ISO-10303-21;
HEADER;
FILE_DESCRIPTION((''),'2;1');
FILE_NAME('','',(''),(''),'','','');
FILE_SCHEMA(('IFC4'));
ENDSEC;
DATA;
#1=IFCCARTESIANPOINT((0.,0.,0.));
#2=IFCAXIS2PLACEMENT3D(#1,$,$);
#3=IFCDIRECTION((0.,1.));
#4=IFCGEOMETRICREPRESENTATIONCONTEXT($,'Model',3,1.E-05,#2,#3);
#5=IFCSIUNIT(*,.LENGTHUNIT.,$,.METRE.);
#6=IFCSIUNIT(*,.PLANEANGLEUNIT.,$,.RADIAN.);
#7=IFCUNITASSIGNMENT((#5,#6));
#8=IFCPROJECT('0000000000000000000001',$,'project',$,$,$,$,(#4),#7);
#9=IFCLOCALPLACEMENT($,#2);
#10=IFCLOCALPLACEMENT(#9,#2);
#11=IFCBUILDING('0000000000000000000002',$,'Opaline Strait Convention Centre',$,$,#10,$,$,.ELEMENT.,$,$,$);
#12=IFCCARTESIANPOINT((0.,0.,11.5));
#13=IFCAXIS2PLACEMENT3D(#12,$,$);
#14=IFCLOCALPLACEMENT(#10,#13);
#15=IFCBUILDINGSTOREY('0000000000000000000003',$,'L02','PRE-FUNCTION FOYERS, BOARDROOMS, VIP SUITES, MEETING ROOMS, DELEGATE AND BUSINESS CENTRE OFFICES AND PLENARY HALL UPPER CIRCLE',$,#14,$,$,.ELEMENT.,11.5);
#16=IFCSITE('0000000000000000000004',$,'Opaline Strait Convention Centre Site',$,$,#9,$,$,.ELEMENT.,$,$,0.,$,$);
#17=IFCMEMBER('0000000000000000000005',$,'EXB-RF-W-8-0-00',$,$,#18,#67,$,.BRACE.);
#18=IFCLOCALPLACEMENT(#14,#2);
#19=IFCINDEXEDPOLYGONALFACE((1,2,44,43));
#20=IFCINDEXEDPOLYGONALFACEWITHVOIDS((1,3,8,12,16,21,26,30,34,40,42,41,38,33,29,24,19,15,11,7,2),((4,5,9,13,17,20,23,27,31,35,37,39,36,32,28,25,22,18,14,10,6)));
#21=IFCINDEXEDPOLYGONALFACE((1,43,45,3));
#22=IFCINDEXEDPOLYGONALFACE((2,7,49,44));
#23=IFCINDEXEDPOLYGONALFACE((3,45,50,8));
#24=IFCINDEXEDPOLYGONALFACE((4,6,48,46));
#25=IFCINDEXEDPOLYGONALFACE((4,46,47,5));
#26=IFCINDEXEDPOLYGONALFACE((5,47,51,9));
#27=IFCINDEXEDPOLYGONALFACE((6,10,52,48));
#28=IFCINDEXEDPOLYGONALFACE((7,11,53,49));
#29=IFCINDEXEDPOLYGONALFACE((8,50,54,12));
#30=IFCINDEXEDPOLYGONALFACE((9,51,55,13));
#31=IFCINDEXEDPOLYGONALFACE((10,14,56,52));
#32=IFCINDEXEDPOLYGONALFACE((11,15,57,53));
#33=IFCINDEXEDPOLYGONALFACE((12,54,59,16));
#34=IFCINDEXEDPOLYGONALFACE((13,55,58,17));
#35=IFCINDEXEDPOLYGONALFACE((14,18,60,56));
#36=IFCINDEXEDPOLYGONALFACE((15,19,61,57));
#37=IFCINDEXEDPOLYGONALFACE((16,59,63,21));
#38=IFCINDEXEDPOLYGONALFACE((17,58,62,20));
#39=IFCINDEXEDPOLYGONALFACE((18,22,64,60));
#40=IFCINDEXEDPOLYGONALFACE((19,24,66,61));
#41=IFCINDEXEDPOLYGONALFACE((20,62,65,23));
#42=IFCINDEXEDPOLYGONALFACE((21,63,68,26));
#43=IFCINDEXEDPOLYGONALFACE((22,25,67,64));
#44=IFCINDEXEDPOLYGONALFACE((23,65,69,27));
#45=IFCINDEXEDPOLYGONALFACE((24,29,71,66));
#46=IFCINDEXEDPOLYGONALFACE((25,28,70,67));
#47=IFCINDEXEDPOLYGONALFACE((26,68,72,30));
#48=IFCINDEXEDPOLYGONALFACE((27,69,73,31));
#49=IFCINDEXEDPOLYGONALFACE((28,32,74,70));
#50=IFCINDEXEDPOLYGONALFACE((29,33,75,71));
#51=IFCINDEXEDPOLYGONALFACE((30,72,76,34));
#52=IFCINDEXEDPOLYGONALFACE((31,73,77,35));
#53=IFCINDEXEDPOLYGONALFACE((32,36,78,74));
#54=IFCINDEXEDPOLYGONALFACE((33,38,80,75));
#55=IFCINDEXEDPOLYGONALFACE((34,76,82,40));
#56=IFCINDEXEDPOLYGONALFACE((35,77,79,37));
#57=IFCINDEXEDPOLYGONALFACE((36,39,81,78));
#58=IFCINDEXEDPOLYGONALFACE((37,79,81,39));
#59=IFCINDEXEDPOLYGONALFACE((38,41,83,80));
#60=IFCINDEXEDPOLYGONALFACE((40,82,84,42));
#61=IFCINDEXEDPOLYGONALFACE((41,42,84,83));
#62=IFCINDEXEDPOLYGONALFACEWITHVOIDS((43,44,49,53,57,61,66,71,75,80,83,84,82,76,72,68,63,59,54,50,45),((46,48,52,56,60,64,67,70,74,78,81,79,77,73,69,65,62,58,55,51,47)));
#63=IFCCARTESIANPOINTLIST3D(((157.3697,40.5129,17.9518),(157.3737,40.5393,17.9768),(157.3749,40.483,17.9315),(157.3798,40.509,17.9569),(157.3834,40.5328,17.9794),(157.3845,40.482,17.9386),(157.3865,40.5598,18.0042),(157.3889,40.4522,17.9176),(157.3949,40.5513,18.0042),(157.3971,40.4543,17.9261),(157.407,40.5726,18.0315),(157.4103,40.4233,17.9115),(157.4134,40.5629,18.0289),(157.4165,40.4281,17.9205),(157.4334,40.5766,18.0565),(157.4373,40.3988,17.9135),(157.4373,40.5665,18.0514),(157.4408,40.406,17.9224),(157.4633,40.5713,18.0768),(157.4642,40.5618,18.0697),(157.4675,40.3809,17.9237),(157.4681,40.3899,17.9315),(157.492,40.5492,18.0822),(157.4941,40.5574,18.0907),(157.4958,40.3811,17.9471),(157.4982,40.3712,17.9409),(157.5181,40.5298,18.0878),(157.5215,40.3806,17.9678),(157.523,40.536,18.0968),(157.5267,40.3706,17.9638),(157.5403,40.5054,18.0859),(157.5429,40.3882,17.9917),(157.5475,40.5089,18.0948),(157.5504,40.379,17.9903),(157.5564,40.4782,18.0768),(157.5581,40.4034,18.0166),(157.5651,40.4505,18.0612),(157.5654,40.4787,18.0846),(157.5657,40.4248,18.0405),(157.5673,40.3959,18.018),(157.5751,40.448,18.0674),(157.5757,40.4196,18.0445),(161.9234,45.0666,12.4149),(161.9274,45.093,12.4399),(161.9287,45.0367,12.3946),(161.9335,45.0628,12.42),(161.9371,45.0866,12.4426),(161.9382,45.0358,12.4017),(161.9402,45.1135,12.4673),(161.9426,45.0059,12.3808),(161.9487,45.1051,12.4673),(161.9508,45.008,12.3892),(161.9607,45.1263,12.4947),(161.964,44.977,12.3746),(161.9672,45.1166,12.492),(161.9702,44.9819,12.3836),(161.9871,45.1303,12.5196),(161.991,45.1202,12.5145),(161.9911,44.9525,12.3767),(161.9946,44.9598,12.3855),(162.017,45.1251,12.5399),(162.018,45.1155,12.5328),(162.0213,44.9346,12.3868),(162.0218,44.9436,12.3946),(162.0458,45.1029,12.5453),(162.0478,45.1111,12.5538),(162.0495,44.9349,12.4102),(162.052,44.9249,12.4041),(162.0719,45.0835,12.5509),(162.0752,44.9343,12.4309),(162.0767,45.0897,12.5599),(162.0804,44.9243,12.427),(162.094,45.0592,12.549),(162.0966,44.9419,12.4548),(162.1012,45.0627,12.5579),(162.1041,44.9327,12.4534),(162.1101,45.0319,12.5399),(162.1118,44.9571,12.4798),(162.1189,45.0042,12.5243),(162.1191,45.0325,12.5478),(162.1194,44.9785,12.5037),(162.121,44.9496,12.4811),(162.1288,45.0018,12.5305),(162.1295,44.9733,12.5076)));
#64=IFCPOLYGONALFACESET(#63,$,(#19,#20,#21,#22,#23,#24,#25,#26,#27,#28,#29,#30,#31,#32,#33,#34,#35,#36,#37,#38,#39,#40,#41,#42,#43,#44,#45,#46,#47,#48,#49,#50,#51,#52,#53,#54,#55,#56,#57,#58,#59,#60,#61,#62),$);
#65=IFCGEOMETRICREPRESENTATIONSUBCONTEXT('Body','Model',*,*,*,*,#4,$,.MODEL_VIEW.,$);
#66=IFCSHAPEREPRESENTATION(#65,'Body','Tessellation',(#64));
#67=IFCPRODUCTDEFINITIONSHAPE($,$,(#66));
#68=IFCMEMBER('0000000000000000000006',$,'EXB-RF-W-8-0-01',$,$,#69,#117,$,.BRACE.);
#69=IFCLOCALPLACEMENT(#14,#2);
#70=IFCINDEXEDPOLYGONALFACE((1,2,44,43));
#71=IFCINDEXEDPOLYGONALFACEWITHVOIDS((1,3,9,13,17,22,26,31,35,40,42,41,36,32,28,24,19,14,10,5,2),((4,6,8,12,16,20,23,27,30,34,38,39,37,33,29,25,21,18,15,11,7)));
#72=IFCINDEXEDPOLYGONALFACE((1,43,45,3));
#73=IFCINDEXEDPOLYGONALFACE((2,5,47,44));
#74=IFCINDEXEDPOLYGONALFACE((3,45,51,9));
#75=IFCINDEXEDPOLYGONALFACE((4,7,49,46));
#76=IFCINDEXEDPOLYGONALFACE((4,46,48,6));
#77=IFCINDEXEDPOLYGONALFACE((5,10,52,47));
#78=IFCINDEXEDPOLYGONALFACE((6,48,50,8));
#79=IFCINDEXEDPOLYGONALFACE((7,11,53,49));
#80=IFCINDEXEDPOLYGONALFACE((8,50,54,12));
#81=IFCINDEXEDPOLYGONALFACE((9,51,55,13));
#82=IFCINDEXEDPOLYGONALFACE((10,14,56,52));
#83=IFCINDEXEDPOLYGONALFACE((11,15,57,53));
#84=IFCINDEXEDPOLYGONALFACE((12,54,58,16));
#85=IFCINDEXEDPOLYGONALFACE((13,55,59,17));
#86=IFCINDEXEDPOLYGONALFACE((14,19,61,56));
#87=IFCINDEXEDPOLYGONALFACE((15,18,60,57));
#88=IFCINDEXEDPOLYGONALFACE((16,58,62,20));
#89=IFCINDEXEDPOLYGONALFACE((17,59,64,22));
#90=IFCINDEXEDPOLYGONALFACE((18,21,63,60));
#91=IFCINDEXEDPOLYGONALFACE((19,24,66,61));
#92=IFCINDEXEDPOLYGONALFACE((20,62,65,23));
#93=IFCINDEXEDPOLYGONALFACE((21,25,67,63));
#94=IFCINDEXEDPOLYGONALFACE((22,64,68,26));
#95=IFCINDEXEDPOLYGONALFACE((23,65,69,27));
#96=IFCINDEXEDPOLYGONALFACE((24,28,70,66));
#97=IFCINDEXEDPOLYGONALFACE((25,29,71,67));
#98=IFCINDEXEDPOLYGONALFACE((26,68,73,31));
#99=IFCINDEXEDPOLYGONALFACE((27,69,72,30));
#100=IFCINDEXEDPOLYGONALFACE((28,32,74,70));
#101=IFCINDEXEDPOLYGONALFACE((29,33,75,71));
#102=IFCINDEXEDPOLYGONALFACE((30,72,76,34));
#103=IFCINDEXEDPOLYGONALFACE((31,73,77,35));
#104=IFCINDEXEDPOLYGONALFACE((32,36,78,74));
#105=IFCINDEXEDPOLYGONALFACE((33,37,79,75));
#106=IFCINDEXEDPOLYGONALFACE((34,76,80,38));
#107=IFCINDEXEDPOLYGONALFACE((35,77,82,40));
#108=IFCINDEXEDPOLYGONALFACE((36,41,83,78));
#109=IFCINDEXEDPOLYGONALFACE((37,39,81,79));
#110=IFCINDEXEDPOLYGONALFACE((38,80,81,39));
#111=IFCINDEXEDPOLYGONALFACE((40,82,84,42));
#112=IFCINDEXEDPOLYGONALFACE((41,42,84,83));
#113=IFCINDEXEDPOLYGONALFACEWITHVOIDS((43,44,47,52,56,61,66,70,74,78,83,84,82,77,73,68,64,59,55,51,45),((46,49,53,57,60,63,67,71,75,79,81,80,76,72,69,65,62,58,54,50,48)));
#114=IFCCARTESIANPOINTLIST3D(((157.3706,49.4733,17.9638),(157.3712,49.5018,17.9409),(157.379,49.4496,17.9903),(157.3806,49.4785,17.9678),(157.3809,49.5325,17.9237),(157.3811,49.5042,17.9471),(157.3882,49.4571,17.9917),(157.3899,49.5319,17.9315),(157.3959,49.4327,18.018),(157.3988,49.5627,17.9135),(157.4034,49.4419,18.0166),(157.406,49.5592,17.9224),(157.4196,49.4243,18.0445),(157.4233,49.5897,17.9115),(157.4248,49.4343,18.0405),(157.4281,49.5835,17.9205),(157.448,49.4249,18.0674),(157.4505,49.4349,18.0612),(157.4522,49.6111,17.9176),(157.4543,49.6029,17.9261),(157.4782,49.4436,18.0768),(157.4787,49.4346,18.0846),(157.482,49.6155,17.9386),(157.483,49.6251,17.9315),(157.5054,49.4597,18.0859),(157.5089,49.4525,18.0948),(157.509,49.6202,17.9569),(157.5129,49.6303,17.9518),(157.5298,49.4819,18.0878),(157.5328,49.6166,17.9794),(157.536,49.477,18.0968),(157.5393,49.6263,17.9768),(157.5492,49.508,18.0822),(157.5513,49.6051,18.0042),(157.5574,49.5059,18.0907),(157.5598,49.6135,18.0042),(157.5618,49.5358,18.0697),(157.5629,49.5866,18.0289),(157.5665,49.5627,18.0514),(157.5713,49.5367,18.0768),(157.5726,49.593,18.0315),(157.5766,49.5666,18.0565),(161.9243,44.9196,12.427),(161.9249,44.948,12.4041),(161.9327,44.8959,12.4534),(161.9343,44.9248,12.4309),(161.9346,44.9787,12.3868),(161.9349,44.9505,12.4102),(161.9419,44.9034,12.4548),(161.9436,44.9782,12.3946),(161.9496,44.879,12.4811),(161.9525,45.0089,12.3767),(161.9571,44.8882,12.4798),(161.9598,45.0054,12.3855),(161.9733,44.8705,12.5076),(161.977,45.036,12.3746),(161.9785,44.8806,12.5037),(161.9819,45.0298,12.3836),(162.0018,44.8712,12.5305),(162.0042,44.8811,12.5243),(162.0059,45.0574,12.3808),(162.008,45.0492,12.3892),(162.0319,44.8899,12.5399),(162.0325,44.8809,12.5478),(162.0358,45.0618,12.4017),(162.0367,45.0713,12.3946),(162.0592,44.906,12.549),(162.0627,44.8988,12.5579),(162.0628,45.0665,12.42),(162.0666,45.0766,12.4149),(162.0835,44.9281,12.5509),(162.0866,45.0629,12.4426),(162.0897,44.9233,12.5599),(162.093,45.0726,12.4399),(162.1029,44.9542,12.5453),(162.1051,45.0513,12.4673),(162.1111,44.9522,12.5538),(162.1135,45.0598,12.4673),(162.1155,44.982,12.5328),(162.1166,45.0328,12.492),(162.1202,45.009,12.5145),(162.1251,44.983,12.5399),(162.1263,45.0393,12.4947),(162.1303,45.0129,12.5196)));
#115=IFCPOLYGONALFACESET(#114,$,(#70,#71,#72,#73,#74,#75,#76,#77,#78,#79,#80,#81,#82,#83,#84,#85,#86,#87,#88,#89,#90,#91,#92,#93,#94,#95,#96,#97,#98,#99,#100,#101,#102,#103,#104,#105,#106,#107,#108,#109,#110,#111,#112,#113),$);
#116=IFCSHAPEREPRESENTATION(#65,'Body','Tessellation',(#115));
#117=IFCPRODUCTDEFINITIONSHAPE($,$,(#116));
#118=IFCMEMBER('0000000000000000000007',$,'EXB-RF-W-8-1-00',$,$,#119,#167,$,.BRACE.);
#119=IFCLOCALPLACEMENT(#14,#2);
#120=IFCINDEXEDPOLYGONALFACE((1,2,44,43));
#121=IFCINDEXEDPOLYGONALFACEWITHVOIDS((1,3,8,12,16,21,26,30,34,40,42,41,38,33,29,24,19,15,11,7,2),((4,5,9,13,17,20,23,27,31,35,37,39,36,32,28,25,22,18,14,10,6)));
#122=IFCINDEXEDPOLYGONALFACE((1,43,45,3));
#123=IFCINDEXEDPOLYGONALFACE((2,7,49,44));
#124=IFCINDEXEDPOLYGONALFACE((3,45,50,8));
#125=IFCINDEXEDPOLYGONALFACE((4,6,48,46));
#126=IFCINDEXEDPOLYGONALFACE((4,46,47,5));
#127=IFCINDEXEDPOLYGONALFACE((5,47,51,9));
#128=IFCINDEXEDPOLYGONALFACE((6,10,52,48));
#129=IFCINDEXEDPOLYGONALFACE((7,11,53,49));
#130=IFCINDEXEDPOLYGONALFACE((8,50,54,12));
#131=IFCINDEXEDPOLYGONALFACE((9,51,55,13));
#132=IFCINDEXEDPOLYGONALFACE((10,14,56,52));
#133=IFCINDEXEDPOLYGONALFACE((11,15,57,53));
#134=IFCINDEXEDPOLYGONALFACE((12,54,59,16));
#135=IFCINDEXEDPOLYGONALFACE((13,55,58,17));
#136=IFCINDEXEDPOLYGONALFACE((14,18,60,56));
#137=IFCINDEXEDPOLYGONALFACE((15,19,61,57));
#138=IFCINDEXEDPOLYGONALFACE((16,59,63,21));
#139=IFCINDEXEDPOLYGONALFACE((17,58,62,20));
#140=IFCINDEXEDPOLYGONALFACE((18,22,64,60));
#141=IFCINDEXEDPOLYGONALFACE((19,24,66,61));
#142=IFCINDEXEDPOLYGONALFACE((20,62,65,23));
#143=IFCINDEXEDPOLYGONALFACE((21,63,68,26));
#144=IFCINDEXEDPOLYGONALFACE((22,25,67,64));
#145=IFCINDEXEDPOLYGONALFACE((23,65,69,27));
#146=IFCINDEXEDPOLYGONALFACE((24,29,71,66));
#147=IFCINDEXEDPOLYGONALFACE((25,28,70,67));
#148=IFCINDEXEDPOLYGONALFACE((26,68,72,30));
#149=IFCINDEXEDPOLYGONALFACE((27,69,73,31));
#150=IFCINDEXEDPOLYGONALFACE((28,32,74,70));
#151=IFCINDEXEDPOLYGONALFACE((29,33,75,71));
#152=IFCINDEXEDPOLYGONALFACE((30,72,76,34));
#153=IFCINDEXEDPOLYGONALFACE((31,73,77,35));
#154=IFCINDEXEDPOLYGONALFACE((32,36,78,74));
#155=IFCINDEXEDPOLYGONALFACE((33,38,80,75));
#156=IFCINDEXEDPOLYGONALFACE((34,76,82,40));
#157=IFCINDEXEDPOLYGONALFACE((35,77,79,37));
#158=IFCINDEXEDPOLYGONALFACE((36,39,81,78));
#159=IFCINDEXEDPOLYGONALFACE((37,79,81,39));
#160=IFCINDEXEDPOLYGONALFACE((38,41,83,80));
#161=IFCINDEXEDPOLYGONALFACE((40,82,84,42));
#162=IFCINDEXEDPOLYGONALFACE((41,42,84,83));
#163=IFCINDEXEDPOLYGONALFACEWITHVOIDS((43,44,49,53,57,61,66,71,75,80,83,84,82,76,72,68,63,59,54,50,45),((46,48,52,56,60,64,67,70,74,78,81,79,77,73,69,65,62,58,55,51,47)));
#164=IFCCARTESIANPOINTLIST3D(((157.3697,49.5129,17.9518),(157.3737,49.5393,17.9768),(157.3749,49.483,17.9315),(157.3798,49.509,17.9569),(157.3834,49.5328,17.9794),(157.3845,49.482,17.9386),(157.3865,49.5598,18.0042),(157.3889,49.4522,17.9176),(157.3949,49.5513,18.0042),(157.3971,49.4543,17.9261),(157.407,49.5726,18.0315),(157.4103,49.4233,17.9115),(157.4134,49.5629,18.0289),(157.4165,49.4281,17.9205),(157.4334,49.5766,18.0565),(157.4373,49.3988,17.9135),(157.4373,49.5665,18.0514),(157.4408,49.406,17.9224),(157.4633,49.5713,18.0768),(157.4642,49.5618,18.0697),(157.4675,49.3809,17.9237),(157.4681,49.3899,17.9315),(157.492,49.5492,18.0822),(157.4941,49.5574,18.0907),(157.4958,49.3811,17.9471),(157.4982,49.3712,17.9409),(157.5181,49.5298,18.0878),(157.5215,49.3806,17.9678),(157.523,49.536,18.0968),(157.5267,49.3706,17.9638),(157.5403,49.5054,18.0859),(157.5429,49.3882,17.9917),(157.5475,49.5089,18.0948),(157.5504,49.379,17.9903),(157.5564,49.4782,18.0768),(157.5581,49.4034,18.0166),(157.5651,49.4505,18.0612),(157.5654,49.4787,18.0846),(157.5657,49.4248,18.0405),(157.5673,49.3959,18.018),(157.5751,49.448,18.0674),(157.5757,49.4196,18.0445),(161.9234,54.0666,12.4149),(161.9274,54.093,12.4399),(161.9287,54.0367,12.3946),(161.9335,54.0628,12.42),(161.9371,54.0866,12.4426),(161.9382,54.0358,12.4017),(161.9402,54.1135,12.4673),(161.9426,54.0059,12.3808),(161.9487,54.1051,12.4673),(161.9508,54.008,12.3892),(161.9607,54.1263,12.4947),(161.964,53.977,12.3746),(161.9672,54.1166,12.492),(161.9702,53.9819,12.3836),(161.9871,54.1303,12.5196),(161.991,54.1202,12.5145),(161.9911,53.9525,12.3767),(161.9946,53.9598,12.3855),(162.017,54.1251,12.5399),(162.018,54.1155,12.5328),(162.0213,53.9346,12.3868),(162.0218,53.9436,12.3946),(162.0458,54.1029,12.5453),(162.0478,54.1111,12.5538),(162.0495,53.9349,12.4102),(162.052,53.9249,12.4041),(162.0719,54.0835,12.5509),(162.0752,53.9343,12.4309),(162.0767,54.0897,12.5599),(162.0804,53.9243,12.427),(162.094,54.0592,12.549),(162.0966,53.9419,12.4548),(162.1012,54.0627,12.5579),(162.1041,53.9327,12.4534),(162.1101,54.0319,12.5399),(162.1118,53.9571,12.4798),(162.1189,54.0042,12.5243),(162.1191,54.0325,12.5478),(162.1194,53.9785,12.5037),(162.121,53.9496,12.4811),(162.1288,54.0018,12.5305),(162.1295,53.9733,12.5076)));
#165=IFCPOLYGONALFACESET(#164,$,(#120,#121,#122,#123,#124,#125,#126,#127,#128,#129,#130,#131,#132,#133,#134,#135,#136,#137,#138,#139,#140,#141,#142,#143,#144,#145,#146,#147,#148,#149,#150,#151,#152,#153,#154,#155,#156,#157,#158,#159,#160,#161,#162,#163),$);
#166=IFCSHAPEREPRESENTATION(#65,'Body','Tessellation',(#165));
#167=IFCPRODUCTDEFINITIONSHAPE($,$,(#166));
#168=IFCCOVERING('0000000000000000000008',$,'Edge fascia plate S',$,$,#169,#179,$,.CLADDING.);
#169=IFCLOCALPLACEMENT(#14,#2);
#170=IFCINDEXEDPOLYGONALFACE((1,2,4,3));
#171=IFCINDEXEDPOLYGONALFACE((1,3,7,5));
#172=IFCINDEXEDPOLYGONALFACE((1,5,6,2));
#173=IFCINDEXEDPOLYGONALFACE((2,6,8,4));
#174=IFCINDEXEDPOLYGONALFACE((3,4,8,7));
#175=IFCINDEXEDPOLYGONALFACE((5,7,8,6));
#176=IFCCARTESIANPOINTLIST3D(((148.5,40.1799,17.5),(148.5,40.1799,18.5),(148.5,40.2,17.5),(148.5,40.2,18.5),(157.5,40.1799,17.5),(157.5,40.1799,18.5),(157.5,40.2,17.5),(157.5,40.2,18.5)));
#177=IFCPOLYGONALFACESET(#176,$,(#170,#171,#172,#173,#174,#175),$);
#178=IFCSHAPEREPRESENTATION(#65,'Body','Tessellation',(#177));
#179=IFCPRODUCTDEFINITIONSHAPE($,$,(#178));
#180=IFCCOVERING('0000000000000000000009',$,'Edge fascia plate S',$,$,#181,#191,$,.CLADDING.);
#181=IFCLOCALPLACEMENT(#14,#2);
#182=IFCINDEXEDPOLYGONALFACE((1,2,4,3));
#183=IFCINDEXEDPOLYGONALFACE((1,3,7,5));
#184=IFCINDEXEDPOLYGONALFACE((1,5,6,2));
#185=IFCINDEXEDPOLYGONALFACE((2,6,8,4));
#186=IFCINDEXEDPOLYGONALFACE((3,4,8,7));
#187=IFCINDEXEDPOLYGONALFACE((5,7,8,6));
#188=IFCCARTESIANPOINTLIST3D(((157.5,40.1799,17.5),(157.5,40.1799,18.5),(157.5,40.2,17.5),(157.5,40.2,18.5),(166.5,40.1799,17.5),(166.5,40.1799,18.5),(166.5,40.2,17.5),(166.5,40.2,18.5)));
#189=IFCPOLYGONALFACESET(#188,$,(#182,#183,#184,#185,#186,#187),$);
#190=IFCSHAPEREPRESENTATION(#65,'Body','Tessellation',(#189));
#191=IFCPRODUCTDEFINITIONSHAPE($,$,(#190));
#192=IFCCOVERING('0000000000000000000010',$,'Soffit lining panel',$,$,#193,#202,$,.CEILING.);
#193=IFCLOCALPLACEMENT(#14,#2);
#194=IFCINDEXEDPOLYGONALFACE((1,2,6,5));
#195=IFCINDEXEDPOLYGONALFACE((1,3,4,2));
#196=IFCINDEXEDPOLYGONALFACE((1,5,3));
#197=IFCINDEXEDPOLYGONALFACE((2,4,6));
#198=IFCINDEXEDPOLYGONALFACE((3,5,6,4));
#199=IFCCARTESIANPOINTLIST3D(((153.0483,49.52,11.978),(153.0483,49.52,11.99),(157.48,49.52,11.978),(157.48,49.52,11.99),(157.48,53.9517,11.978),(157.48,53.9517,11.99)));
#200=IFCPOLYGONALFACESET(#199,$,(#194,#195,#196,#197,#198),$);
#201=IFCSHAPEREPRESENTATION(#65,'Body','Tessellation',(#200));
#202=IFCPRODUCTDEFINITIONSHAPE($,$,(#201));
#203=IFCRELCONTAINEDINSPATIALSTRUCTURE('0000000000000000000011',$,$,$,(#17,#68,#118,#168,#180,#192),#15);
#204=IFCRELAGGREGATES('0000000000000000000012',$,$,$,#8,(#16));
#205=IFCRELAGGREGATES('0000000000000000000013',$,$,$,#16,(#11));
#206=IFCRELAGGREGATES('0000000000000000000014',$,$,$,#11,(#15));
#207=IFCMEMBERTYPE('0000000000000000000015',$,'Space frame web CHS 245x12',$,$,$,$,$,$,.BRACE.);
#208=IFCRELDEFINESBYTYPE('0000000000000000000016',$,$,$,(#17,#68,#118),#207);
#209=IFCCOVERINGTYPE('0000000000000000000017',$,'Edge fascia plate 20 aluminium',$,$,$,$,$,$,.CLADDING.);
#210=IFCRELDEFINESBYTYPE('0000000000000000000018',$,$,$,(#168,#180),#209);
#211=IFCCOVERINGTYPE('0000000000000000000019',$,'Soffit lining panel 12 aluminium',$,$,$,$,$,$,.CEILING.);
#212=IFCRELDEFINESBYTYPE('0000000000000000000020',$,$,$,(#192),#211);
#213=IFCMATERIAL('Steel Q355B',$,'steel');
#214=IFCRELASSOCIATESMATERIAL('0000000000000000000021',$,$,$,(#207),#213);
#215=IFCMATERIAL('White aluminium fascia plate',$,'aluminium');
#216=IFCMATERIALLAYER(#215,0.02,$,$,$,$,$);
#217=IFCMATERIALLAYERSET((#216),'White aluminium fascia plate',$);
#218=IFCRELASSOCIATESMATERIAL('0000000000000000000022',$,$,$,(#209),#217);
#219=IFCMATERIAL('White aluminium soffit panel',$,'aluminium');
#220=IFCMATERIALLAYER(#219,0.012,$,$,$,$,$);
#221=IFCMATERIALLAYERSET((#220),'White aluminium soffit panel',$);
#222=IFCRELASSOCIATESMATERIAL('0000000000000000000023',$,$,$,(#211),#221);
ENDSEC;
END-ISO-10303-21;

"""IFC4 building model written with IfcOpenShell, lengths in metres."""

from ifc_helpers import new_model, si_unit, direction, frame, origin, origin_2d, place, context, subcontext, project, spatial, polyline, hollow_circle, outline, extrude, material, layer, layer_set, material_profile, profile_set, type_object, element, save


model = new_model("IFC4")

# Units and contexts
model_context = context("Model", 3, precision=1e-05, world=origin(), true_north=direction((0.0, 1.0)))
body_context = subcontext(model_context, "Body", "Model", "MODEL_VIEW")
ifc_project = project(units=[si_unit("LENGTHUNIT", "METRE"), si_unit("PLANEANGLEUNIT", "RADIAN")], contexts=[model_context])

# Site, building, storey
site_placement = place(None, origin())
site = spatial("IfcSite", under=ifc_project, at=site_placement, Name="Opaline Strait Convention Centre Site", CompositionType="ELEMENT", RefElevation=0.0)
building_placement = place(site_placement, origin())
building = spatial("IfcBuilding", under=site, at=building_placement, Name="Opaline Strait Convention Centre", CompositionType="ELEMENT")
storey_placement = place(building_placement, frame((0.0, 0.0, 11.5)))
storey = spatial("IfcBuildingStorey", under=building, at=storey_placement, Name="L02", Description="PRE-FUNCTION FOYERS, BOARDROOMS, VIP SUITES, MEETING ROOMS, DELEGATE AND BUSINESS CENTRE OFFICES AND PLENARY HALL UPPER CIRCLE", CompositionType="ELEMENT", Elevation=11.5)

# Members
ifc_material_1 = material(Name="Steel Q355B", Category="steel")
ifc_material_profile_1 = material_profile(ifc_material_1, hollow_circle(Radius=0.1226, WallThickness=0.012, at=origin_2d()), Name="CHS 245x12")
ifc_profile_set_1 = profile_set([ifc_material_profile_1], Name="Steel Q355B")
member_type_1 = type_object("IfcMemberType", Name="Space frame web CHS 245x12", PredefinedType="BRACE", material=ifc_profile_set_1)
for number, where, z_axis, x_axis, name in (
    (1, (157.4731, 40.4731, 18.0042), (0.536178, 0.536178, -0.65194), (-0.707107, 0.707107, 0.0), "EXB-RF-W-8-0-00"),
    (2, (157.4731, 49.5269, 18.0042), (0.536178, -0.536178, -0.65194), (0.707107, 0.707107, 0.0), "EXB-RF-W-8-0-01"),
    (3, (157.4731, 49.4731, 18.0042), (0.536178, 0.536178, -0.65194), (-0.707107, 0.707107, 0.0), "EXB-RF-W-8-1-00"),
):
    element("IfcMember", number, at=place(storey_placement, frame(where, z_axis=z_axis, x_axis=x_axis)), inside=storey, type_object=member_type_1, Name=name, PredefinedType="BRACE", context=body_context, shape_type="SweptSolid", body=[
        extrude(hollow_circle(Radius=0.1226, WallThickness=0.012, at=origin_2d()), origin(), (0.0, 0.0, 1.0), 8.4929),
    ])

# Coverings
ifc_material_2 = material(Name="White aluminium fascia plate", Category="aluminium")
ifc_layer_1 = layer(ifc_material_2, 0.02)
ifc_layer_set_1 = layer_set([ifc_layer_1], Name="White aluminium fascia plate")
covering_type_1 = type_object("IfcCoveringType", Name="Edge fascia plate 20 aluminium", PredefinedType="CLADDING", material=ifc_layer_set_1)
for number, where, z_axis, x_axis, name in (
    (4, (153.0, 40.2, 18.0), (0.0, -1.0, 0.0), (1.0, 0.0, 0.0), "Edge fascia plate S"),
    (5, (162.0, 40.2, 18.0), (0.0, -1.0, 0.0), (1.0, 0.0, 0.0), "Edge fascia plate S"),
):
    element("IfcCovering", number, at=place(storey_placement, frame(where, z_axis=z_axis, x_axis=x_axis)), inside=storey, type_object=covering_type_1, Name=name, PredefinedType="CLADDING", context=body_context, shape_type="SweptSolid", body=[
        extrude(outline(polyline([(-4.5, 0.5), (4.5, 0.5), (4.5, -0.5), (-4.5, -0.5), (-4.5, 0.5)])), origin(), (0.0, 0.0, 1.0), 0.02),
    ])
ifc_material_3 = material(Name="White aluminium soffit panel", Category="aluminium")
ifc_layer_2 = layer(ifc_material_3, 0.012)
ifc_layer_set_2 = layer_set([ifc_layer_2], Name="White aluminium soffit panel")
covering_type_2 = type_object("IfcCoveringType", Name="Soffit lining panel 12 aluminium", PredefinedType="CEILING", material=ifc_layer_set_2)
for number, where, z_axis, x_axis, name in (
    (6, (153.0483, 49.52, 11.99), (0.0, 0.0, 1.0), (0.707107, 0.707107, 0.0), "Soffit lining panel"),
):
    element("IfcCovering", number, at=place(storey_placement, frame(where, z_axis=z_axis, x_axis=x_axis)), inside=storey, type_object=covering_type_2, Name=name, PredefinedType="CEILING", context=body_context, shape_type="SweptSolid", body=[
        extrude(outline(polyline([(0.0, 0.0), (6.2673, 0.0), (3.1336, -3.1336), (0.0, 0.0)])), origin(), (0.0, 0.0, -1.0), 0.012),
    ])

save(model, "model.ifc")
